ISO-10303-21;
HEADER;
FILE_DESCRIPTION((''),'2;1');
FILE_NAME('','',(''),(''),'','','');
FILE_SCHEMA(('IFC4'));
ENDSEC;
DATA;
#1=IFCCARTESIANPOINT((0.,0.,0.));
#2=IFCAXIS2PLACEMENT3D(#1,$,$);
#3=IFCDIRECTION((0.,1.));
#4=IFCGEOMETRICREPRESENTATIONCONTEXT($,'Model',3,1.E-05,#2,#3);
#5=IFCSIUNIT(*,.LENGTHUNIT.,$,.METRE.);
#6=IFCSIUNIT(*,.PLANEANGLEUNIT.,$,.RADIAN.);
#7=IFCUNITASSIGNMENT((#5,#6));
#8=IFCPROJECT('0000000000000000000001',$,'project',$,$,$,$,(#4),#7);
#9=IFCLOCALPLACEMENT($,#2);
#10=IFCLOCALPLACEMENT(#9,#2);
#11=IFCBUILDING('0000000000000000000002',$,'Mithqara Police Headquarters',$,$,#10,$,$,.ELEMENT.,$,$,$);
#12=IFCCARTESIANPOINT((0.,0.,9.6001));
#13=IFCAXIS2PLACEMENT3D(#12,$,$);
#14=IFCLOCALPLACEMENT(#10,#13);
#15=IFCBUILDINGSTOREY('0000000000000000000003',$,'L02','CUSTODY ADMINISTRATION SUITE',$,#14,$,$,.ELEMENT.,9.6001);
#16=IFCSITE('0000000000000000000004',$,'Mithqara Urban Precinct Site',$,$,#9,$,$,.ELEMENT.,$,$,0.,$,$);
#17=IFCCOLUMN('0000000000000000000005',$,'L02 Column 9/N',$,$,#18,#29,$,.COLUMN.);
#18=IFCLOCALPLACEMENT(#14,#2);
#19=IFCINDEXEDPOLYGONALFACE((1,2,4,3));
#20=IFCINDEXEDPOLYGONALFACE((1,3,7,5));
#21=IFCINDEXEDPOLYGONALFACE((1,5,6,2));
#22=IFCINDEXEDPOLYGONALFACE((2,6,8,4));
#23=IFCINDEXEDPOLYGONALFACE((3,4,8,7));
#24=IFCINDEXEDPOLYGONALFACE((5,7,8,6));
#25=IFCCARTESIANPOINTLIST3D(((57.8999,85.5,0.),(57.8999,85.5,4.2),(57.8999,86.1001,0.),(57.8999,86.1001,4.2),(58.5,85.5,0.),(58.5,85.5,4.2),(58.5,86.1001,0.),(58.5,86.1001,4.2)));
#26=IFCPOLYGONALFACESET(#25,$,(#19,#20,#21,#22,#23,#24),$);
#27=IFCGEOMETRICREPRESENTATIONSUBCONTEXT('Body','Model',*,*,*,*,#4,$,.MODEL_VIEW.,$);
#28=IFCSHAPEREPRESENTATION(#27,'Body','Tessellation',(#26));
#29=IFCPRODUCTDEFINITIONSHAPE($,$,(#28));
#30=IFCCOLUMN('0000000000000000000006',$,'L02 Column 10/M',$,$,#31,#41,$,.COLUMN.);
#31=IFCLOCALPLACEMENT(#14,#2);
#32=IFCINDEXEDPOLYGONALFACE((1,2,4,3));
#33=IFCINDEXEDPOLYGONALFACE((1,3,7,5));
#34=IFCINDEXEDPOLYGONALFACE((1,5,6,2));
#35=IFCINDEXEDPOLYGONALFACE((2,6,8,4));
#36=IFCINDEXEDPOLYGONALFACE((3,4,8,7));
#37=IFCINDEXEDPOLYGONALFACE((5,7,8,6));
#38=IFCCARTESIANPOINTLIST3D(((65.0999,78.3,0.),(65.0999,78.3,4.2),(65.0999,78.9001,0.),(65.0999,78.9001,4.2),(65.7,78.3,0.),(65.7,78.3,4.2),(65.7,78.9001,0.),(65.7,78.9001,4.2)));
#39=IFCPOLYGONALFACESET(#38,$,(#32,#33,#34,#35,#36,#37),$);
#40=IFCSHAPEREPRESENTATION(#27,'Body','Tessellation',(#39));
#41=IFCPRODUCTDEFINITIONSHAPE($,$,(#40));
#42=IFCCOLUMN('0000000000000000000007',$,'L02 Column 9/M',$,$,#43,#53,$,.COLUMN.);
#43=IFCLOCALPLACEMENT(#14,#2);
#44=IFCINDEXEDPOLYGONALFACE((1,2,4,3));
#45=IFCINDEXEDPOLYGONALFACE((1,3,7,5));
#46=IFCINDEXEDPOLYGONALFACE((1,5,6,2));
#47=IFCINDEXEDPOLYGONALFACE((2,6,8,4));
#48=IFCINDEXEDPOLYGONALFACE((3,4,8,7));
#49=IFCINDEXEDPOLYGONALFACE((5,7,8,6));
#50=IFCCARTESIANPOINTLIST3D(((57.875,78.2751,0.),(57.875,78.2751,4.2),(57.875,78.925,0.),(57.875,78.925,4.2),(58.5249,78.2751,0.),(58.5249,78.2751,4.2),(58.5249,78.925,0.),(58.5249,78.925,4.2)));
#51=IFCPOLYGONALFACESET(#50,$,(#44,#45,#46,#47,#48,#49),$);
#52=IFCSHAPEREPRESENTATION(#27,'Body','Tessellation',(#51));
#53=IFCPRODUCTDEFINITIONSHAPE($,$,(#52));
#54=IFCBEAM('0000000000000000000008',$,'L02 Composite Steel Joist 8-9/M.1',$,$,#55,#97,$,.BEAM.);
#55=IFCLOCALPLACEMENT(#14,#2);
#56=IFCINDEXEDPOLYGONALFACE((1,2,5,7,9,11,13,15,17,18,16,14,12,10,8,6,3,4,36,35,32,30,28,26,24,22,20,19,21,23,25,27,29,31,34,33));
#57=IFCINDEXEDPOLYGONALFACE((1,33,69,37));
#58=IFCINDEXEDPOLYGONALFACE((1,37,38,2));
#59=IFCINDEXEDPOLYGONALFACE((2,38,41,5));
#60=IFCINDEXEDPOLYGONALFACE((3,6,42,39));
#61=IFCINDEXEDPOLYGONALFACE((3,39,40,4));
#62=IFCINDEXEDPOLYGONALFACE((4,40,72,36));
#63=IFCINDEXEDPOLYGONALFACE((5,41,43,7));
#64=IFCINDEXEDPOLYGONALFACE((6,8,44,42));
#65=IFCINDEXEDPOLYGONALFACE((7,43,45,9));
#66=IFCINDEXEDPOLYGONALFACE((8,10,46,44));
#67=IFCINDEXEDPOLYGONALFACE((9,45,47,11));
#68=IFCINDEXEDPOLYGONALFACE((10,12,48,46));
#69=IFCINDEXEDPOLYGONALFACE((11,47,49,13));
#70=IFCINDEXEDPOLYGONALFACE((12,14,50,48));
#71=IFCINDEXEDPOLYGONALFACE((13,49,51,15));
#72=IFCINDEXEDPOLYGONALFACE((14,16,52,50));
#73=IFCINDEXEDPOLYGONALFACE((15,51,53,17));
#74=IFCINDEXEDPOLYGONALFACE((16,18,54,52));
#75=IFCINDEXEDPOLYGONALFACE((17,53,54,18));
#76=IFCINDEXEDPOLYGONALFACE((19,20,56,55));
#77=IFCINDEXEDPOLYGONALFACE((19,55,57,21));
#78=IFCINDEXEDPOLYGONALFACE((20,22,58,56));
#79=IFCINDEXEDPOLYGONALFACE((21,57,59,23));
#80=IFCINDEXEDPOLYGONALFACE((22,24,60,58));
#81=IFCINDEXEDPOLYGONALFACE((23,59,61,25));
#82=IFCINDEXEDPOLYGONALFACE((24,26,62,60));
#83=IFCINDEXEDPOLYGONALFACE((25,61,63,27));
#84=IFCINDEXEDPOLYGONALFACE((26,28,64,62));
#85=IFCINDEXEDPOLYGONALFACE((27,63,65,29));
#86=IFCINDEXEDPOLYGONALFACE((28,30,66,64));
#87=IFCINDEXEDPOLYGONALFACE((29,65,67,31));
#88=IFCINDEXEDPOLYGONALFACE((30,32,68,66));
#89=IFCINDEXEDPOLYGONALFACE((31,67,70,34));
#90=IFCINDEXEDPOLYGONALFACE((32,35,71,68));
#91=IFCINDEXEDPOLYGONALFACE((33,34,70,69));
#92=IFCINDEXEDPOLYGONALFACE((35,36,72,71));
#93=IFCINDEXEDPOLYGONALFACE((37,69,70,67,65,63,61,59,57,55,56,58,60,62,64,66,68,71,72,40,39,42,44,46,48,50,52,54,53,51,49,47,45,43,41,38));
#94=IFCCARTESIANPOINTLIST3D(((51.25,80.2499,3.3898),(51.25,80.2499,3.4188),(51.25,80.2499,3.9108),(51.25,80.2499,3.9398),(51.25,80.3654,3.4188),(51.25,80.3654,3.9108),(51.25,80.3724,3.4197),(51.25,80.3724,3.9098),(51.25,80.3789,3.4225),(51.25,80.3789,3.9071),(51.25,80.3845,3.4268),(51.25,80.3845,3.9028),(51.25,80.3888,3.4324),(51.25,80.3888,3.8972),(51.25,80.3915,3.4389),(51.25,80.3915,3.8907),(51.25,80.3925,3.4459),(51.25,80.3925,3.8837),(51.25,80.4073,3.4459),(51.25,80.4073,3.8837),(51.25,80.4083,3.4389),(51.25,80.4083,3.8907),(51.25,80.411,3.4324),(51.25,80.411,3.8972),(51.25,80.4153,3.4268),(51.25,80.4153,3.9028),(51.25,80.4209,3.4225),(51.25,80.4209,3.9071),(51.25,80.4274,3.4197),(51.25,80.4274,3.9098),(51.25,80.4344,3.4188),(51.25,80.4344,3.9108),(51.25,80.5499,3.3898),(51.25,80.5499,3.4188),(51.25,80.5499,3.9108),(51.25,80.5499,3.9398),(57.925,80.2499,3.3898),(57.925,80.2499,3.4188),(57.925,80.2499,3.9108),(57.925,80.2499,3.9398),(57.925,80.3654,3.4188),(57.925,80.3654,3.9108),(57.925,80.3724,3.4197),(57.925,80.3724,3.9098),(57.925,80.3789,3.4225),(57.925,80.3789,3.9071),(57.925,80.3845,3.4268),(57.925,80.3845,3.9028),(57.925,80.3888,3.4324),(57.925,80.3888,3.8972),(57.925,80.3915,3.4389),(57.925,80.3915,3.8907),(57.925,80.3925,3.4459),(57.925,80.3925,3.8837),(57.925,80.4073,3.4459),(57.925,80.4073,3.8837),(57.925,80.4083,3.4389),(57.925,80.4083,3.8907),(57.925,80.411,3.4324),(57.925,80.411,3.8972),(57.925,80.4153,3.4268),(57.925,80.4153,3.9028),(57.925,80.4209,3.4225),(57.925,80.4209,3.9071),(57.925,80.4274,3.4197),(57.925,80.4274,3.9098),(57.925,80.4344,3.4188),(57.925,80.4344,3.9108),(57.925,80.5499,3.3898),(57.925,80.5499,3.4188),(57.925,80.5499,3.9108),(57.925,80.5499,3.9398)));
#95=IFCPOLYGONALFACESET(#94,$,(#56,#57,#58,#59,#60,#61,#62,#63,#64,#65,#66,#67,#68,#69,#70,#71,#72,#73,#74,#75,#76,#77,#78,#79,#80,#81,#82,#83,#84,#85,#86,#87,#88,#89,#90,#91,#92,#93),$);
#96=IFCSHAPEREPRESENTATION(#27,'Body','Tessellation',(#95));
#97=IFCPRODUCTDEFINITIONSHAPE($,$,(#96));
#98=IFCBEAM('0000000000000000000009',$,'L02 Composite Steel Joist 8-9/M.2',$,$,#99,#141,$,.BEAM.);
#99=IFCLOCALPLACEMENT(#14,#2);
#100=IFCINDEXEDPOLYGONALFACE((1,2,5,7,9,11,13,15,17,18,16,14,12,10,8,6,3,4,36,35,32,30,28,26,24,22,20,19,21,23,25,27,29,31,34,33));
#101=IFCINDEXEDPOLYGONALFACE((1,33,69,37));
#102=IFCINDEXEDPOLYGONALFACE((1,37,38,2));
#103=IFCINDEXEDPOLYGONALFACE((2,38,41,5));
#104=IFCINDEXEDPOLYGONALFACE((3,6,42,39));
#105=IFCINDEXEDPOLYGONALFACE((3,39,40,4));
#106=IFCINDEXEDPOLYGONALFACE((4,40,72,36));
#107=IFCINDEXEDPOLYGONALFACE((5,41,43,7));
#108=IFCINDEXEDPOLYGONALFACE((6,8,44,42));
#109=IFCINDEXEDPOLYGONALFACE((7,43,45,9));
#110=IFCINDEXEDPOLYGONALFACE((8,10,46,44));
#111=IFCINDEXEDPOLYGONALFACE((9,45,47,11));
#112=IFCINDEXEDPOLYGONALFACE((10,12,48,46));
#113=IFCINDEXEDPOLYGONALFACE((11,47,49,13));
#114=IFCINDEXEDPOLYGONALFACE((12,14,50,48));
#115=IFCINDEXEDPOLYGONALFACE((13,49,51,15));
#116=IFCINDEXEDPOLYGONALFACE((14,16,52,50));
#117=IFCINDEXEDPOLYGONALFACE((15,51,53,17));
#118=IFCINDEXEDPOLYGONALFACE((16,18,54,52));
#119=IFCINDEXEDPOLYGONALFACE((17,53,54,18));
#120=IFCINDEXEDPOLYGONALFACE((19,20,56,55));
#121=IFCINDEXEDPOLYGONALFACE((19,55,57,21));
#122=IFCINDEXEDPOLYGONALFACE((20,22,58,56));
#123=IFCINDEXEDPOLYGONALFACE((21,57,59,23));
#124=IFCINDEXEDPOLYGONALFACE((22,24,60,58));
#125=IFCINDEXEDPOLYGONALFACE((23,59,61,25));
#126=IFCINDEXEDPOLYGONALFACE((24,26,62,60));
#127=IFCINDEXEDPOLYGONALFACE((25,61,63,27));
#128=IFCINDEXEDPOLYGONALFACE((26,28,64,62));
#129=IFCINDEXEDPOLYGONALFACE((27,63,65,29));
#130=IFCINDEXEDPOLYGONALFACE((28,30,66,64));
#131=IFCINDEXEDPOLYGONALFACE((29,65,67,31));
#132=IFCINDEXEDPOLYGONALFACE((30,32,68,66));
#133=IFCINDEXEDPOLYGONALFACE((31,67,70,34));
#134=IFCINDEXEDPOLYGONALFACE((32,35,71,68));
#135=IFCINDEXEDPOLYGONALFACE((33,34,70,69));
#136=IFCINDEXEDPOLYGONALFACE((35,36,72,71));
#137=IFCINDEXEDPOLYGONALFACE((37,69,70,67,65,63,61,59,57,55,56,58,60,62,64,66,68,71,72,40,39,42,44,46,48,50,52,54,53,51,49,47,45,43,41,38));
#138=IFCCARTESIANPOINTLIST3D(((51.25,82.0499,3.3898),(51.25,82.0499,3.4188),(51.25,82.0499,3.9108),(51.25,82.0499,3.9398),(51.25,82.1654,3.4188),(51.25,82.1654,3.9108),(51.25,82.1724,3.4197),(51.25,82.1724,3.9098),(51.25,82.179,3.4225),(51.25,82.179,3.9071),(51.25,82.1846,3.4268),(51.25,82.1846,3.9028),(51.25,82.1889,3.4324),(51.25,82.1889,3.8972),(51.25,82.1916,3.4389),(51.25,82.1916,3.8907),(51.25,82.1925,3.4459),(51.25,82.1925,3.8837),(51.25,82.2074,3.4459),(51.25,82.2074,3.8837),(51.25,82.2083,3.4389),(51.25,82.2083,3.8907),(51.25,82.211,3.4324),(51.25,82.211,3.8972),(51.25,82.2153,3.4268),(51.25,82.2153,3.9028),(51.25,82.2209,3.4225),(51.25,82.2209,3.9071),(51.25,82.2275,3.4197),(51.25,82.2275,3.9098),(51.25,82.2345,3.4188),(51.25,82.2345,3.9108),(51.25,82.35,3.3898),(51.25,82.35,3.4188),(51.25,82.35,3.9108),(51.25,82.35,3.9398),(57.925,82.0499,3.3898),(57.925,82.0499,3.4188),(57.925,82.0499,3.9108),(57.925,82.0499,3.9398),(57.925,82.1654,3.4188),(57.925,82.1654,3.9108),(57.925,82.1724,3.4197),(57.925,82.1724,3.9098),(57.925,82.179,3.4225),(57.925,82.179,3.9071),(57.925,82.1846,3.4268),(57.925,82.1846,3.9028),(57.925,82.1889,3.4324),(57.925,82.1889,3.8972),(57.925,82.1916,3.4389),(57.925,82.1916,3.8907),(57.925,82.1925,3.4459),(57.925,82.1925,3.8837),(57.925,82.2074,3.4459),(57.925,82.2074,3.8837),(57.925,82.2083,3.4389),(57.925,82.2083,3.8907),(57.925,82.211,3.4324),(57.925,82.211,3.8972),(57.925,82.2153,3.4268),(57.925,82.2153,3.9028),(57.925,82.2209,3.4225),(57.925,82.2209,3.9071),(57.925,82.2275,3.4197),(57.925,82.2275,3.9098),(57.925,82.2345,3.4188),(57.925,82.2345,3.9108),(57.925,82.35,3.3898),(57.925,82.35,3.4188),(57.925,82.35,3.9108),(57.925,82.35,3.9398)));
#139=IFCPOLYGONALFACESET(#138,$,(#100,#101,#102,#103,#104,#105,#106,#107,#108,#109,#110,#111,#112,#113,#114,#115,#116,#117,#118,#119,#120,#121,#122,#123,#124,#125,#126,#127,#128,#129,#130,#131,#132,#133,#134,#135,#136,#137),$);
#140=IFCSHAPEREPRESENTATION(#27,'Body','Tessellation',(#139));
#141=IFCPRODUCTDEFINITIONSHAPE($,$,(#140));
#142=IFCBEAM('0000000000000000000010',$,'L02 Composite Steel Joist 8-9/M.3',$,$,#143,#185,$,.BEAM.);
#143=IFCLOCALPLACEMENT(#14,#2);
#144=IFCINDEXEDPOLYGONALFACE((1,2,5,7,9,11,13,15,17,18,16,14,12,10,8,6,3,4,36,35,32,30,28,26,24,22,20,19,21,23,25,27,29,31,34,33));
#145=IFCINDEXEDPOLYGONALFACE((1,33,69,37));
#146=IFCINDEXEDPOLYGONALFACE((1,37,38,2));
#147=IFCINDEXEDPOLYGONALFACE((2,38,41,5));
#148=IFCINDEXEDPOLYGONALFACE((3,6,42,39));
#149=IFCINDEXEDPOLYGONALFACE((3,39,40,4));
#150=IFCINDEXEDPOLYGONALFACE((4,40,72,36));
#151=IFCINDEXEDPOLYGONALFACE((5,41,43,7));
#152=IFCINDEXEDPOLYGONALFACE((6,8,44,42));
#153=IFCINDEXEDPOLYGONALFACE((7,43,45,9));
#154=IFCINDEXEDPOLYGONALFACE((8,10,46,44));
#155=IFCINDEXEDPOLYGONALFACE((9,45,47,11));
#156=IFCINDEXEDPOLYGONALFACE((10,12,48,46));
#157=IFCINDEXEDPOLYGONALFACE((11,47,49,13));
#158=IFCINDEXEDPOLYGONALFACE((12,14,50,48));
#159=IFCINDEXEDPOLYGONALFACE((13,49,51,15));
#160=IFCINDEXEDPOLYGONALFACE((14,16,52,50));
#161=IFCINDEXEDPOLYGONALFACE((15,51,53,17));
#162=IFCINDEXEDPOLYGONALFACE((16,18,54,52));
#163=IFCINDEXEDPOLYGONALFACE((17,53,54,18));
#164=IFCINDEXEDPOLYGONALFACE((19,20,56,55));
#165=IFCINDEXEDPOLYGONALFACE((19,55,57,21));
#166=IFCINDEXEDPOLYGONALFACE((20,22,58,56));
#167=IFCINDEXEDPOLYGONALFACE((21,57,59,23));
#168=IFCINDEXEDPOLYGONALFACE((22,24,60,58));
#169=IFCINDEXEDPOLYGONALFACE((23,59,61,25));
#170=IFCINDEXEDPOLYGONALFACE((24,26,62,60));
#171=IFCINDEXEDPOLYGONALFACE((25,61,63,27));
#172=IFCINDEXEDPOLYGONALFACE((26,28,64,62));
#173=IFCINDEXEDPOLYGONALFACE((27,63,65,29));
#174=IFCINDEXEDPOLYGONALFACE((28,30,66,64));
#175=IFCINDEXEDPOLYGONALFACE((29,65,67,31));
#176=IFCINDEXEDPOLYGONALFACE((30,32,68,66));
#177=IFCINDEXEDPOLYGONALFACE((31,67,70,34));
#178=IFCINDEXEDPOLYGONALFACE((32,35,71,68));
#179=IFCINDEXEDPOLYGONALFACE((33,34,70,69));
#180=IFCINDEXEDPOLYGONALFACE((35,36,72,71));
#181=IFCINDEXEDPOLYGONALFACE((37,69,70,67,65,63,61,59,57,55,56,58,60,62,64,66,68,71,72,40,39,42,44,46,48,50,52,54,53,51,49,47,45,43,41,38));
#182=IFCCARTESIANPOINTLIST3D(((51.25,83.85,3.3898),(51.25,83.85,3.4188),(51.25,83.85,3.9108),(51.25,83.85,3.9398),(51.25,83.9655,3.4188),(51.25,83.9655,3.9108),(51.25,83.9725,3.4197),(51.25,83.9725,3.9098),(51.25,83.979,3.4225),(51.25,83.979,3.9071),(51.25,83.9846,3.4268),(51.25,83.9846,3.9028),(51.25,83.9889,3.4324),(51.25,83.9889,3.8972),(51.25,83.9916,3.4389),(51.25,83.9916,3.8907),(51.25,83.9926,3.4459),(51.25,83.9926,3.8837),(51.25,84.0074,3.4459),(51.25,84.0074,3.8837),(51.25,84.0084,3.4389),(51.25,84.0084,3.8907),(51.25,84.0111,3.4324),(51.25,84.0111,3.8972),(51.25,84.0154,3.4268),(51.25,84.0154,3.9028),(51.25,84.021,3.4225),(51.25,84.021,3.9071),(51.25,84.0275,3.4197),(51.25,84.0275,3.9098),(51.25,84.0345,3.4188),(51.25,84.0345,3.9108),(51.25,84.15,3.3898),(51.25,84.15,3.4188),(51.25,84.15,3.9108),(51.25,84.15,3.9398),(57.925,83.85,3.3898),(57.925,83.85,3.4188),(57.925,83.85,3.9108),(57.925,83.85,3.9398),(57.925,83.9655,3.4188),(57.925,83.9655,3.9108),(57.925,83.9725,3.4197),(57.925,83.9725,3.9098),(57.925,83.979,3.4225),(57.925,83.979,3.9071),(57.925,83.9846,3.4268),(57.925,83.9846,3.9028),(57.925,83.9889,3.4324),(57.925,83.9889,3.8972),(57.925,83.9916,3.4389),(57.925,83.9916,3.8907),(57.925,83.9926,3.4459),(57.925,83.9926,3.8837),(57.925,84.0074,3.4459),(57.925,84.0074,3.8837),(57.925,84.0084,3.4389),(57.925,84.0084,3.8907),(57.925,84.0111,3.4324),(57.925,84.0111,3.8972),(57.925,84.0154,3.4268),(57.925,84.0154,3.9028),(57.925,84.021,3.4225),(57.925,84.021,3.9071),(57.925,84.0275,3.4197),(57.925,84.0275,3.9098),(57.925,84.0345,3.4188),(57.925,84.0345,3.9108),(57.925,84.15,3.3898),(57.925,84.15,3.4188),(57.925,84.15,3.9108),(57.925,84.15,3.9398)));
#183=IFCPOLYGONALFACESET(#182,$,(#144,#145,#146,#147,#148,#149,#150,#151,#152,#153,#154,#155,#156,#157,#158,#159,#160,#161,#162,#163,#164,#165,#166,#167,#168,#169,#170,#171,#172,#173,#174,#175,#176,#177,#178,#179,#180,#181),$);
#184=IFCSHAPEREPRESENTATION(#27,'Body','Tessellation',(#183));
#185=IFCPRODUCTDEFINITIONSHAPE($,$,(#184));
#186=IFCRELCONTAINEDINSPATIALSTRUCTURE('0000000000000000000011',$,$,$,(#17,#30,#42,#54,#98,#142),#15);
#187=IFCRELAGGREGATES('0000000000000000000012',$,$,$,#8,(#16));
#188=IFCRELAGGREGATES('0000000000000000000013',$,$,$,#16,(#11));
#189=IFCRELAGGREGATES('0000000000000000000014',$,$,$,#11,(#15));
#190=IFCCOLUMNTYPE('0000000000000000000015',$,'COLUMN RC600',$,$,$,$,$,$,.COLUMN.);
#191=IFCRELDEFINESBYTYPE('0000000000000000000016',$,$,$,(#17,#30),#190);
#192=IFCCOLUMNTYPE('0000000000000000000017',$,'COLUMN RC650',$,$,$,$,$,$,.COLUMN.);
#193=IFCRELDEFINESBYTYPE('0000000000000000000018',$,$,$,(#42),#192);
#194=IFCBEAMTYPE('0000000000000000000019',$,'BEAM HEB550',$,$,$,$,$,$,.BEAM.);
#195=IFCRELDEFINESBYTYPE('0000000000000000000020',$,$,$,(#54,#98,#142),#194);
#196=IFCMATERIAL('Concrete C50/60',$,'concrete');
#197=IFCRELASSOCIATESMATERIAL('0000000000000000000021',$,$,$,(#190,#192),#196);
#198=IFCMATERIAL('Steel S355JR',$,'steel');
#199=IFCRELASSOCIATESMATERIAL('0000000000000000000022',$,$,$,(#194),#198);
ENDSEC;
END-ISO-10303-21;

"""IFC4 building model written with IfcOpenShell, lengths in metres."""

from ifc_helpers import new_model, si_unit, direction, frame, origin, origin_2d, place, context, subcontext, project, spatial, rectangle, i_section, extrude, material, material_profile, profile_set, type_object, element, save


model = new_model("IFC4")

# Units and contexts
model_context = context("Model", 3, precision=1e-05, world=origin(), true_north=direction((0.0, 1.0)))
body_context = subcontext(model_context, "Body", "Model", "MODEL_VIEW")
ifc_project = project(units=[si_unit("LENGTHUNIT", "METRE"), si_unit("PLANEANGLEUNIT", "RADIAN")], contexts=[model_context])

# Site, building, storey
site_placement = place(None, origin())
site = spatial("IfcSite", under=ifc_project, at=site_placement, Name="Mithqara Urban Precinct Site", CompositionType="ELEMENT", RefElevation=0.0)
building_placement = place(site_placement, origin())
building = spatial("IfcBuilding", under=site, at=building_placement, Name="Mithqara Police Headquarters", CompositionType="ELEMENT")
storey_placement = place(building_placement, frame((0.0, 0.0, 9.6001)))
storey = spatial("IfcBuildingStorey", under=building, at=storey_placement, Name="L02", Description="CUSTODY ADMINISTRATION SUITE", CompositionType="ELEMENT", Elevation=9.6001)

# Columns
ifc_material_1 = material(Name="Concrete C50/60", Category="concrete")
ifc_material_profile_1 = material_profile(ifc_material_1, rectangle(XDim=0.6001, YDim=0.6001, at=origin_2d()), Name="RC 600x600")
ifc_profile_set_1 = profile_set([ifc_material_profile_1], Name="Concrete C50/60")
column_type_1 = type_object("IfcColumnType", Name="COLUMN RC600", PredefinedType="COLUMN", material=ifc_profile_set_1)
for number, where, z_axis, x_axis, name in (
    (1, (58.2, 85.8, 0.0), (0.0, 0.0, 1.0), (1.0, 0.0, 0.0), "L02 Column 9/N"),
    (2, (65.3999, 78.6001, 0.0), (0.0, 0.0, 1.0), (1.0, 0.0, 0.0), "L02 Column 10/M"),
):
    element("IfcColumn", number, at=place(storey_placement, frame(where, z_axis=z_axis, x_axis=x_axis)), inside=storey, type_object=column_type_1, Name=name, PredefinedType="COLUMN", context=body_context, shape_type="SweptSolid", body=[
        extrude(rectangle(XDim=0.6001, YDim=0.6001, at=origin_2d()), origin(), (0.0, 0.0, 1.0), 4.2),
    ])
ifc_material_profile_2 = material_profile(ifc_material_1, rectangle(XDim=0.6499, YDim=0.6499, at=origin_2d()), Name="RC 650x650")
ifc_profile_set_2 = profile_set([ifc_material_profile_2], Name="Concrete C50/60")
column_type_2 = type_object("IfcColumnType", Name="COLUMN RC650", PredefinedType="COLUMN", material=ifc_profile_set_2)
column_placement = place(storey_placement, frame((58.2, 78.6001, 0.0), z_axis=(0.0, 0.0, 1.0), x_axis=(1.0, 0.0, 0.0)))
element("IfcColumn", 3, at=column_placement, inside=storey, type_object=column_type_2, Name="L02 Column 9/M", PredefinedType="COLUMN", context=body_context, shape_type="SweptSolid", body=[
    extrude(rectangle(XDim=0.6499, YDim=0.6499, at=origin_2d()), origin(), (0.0, 0.0, 1.0), 4.2),
])

# Beams
ifc_material_2 = material(Name="Steel S355JR", Category="steel")
ifc_material_profile_3 = material_profile(ifc_material_2, i_section(OverallWidth=0.3, OverallDepth=0.55, WebThickness=0.0149, FlangeThickness=0.0291, FilletRadius=0.0271, at=origin_2d()), Name="HEB 550")
ifc_profile_set_3 = profile_set([ifc_material_profile_3], Name="Steel S355JR")
beam_type_1 = type_object("IfcBeamType", Name="BEAM HEB550", PredefinedType="BEAM", material=ifc_profile_set_3)
for number, where, z_axis, x_axis, name in (
    (4, (51.25, 80.3999, 3.6648), (1.0, 0.0, 0.0), (0.0, 1.0, 0.0), "L02 Composite Steel Joist 8-9/M.1"),
    (5, (51.25, 82.2, 3.6648), (1.0, 0.0, 0.0), (0.0, 1.0, 0.0), "L02 Composite Steel Joist 8-9/M.2"),
    (6, (51.25, 84.0, 3.6648), (1.0, 0.0, 0.0), (0.0, 1.0, 0.0), "L02 Composite Steel Joist 8-9/M.3"),
):
    element("IfcBeam", number, at=place(storey_placement, frame(where, z_axis=z_axis, x_axis=x_axis)), inside=storey, type_object=beam_type_1, Name=name, PredefinedType="BEAM", context=body_context, shape_type="SweptSolid", body=[
        extrude(i_section(OverallWidth=0.3, OverallDepth=0.55, WebThickness=0.0149, FlangeThickness=0.0291, FilletRadius=0.0271, at=origin_2d()), origin(), (0.0, 0.0, 1.0), 6.675),
    ])

save(model, "model.ifc")
